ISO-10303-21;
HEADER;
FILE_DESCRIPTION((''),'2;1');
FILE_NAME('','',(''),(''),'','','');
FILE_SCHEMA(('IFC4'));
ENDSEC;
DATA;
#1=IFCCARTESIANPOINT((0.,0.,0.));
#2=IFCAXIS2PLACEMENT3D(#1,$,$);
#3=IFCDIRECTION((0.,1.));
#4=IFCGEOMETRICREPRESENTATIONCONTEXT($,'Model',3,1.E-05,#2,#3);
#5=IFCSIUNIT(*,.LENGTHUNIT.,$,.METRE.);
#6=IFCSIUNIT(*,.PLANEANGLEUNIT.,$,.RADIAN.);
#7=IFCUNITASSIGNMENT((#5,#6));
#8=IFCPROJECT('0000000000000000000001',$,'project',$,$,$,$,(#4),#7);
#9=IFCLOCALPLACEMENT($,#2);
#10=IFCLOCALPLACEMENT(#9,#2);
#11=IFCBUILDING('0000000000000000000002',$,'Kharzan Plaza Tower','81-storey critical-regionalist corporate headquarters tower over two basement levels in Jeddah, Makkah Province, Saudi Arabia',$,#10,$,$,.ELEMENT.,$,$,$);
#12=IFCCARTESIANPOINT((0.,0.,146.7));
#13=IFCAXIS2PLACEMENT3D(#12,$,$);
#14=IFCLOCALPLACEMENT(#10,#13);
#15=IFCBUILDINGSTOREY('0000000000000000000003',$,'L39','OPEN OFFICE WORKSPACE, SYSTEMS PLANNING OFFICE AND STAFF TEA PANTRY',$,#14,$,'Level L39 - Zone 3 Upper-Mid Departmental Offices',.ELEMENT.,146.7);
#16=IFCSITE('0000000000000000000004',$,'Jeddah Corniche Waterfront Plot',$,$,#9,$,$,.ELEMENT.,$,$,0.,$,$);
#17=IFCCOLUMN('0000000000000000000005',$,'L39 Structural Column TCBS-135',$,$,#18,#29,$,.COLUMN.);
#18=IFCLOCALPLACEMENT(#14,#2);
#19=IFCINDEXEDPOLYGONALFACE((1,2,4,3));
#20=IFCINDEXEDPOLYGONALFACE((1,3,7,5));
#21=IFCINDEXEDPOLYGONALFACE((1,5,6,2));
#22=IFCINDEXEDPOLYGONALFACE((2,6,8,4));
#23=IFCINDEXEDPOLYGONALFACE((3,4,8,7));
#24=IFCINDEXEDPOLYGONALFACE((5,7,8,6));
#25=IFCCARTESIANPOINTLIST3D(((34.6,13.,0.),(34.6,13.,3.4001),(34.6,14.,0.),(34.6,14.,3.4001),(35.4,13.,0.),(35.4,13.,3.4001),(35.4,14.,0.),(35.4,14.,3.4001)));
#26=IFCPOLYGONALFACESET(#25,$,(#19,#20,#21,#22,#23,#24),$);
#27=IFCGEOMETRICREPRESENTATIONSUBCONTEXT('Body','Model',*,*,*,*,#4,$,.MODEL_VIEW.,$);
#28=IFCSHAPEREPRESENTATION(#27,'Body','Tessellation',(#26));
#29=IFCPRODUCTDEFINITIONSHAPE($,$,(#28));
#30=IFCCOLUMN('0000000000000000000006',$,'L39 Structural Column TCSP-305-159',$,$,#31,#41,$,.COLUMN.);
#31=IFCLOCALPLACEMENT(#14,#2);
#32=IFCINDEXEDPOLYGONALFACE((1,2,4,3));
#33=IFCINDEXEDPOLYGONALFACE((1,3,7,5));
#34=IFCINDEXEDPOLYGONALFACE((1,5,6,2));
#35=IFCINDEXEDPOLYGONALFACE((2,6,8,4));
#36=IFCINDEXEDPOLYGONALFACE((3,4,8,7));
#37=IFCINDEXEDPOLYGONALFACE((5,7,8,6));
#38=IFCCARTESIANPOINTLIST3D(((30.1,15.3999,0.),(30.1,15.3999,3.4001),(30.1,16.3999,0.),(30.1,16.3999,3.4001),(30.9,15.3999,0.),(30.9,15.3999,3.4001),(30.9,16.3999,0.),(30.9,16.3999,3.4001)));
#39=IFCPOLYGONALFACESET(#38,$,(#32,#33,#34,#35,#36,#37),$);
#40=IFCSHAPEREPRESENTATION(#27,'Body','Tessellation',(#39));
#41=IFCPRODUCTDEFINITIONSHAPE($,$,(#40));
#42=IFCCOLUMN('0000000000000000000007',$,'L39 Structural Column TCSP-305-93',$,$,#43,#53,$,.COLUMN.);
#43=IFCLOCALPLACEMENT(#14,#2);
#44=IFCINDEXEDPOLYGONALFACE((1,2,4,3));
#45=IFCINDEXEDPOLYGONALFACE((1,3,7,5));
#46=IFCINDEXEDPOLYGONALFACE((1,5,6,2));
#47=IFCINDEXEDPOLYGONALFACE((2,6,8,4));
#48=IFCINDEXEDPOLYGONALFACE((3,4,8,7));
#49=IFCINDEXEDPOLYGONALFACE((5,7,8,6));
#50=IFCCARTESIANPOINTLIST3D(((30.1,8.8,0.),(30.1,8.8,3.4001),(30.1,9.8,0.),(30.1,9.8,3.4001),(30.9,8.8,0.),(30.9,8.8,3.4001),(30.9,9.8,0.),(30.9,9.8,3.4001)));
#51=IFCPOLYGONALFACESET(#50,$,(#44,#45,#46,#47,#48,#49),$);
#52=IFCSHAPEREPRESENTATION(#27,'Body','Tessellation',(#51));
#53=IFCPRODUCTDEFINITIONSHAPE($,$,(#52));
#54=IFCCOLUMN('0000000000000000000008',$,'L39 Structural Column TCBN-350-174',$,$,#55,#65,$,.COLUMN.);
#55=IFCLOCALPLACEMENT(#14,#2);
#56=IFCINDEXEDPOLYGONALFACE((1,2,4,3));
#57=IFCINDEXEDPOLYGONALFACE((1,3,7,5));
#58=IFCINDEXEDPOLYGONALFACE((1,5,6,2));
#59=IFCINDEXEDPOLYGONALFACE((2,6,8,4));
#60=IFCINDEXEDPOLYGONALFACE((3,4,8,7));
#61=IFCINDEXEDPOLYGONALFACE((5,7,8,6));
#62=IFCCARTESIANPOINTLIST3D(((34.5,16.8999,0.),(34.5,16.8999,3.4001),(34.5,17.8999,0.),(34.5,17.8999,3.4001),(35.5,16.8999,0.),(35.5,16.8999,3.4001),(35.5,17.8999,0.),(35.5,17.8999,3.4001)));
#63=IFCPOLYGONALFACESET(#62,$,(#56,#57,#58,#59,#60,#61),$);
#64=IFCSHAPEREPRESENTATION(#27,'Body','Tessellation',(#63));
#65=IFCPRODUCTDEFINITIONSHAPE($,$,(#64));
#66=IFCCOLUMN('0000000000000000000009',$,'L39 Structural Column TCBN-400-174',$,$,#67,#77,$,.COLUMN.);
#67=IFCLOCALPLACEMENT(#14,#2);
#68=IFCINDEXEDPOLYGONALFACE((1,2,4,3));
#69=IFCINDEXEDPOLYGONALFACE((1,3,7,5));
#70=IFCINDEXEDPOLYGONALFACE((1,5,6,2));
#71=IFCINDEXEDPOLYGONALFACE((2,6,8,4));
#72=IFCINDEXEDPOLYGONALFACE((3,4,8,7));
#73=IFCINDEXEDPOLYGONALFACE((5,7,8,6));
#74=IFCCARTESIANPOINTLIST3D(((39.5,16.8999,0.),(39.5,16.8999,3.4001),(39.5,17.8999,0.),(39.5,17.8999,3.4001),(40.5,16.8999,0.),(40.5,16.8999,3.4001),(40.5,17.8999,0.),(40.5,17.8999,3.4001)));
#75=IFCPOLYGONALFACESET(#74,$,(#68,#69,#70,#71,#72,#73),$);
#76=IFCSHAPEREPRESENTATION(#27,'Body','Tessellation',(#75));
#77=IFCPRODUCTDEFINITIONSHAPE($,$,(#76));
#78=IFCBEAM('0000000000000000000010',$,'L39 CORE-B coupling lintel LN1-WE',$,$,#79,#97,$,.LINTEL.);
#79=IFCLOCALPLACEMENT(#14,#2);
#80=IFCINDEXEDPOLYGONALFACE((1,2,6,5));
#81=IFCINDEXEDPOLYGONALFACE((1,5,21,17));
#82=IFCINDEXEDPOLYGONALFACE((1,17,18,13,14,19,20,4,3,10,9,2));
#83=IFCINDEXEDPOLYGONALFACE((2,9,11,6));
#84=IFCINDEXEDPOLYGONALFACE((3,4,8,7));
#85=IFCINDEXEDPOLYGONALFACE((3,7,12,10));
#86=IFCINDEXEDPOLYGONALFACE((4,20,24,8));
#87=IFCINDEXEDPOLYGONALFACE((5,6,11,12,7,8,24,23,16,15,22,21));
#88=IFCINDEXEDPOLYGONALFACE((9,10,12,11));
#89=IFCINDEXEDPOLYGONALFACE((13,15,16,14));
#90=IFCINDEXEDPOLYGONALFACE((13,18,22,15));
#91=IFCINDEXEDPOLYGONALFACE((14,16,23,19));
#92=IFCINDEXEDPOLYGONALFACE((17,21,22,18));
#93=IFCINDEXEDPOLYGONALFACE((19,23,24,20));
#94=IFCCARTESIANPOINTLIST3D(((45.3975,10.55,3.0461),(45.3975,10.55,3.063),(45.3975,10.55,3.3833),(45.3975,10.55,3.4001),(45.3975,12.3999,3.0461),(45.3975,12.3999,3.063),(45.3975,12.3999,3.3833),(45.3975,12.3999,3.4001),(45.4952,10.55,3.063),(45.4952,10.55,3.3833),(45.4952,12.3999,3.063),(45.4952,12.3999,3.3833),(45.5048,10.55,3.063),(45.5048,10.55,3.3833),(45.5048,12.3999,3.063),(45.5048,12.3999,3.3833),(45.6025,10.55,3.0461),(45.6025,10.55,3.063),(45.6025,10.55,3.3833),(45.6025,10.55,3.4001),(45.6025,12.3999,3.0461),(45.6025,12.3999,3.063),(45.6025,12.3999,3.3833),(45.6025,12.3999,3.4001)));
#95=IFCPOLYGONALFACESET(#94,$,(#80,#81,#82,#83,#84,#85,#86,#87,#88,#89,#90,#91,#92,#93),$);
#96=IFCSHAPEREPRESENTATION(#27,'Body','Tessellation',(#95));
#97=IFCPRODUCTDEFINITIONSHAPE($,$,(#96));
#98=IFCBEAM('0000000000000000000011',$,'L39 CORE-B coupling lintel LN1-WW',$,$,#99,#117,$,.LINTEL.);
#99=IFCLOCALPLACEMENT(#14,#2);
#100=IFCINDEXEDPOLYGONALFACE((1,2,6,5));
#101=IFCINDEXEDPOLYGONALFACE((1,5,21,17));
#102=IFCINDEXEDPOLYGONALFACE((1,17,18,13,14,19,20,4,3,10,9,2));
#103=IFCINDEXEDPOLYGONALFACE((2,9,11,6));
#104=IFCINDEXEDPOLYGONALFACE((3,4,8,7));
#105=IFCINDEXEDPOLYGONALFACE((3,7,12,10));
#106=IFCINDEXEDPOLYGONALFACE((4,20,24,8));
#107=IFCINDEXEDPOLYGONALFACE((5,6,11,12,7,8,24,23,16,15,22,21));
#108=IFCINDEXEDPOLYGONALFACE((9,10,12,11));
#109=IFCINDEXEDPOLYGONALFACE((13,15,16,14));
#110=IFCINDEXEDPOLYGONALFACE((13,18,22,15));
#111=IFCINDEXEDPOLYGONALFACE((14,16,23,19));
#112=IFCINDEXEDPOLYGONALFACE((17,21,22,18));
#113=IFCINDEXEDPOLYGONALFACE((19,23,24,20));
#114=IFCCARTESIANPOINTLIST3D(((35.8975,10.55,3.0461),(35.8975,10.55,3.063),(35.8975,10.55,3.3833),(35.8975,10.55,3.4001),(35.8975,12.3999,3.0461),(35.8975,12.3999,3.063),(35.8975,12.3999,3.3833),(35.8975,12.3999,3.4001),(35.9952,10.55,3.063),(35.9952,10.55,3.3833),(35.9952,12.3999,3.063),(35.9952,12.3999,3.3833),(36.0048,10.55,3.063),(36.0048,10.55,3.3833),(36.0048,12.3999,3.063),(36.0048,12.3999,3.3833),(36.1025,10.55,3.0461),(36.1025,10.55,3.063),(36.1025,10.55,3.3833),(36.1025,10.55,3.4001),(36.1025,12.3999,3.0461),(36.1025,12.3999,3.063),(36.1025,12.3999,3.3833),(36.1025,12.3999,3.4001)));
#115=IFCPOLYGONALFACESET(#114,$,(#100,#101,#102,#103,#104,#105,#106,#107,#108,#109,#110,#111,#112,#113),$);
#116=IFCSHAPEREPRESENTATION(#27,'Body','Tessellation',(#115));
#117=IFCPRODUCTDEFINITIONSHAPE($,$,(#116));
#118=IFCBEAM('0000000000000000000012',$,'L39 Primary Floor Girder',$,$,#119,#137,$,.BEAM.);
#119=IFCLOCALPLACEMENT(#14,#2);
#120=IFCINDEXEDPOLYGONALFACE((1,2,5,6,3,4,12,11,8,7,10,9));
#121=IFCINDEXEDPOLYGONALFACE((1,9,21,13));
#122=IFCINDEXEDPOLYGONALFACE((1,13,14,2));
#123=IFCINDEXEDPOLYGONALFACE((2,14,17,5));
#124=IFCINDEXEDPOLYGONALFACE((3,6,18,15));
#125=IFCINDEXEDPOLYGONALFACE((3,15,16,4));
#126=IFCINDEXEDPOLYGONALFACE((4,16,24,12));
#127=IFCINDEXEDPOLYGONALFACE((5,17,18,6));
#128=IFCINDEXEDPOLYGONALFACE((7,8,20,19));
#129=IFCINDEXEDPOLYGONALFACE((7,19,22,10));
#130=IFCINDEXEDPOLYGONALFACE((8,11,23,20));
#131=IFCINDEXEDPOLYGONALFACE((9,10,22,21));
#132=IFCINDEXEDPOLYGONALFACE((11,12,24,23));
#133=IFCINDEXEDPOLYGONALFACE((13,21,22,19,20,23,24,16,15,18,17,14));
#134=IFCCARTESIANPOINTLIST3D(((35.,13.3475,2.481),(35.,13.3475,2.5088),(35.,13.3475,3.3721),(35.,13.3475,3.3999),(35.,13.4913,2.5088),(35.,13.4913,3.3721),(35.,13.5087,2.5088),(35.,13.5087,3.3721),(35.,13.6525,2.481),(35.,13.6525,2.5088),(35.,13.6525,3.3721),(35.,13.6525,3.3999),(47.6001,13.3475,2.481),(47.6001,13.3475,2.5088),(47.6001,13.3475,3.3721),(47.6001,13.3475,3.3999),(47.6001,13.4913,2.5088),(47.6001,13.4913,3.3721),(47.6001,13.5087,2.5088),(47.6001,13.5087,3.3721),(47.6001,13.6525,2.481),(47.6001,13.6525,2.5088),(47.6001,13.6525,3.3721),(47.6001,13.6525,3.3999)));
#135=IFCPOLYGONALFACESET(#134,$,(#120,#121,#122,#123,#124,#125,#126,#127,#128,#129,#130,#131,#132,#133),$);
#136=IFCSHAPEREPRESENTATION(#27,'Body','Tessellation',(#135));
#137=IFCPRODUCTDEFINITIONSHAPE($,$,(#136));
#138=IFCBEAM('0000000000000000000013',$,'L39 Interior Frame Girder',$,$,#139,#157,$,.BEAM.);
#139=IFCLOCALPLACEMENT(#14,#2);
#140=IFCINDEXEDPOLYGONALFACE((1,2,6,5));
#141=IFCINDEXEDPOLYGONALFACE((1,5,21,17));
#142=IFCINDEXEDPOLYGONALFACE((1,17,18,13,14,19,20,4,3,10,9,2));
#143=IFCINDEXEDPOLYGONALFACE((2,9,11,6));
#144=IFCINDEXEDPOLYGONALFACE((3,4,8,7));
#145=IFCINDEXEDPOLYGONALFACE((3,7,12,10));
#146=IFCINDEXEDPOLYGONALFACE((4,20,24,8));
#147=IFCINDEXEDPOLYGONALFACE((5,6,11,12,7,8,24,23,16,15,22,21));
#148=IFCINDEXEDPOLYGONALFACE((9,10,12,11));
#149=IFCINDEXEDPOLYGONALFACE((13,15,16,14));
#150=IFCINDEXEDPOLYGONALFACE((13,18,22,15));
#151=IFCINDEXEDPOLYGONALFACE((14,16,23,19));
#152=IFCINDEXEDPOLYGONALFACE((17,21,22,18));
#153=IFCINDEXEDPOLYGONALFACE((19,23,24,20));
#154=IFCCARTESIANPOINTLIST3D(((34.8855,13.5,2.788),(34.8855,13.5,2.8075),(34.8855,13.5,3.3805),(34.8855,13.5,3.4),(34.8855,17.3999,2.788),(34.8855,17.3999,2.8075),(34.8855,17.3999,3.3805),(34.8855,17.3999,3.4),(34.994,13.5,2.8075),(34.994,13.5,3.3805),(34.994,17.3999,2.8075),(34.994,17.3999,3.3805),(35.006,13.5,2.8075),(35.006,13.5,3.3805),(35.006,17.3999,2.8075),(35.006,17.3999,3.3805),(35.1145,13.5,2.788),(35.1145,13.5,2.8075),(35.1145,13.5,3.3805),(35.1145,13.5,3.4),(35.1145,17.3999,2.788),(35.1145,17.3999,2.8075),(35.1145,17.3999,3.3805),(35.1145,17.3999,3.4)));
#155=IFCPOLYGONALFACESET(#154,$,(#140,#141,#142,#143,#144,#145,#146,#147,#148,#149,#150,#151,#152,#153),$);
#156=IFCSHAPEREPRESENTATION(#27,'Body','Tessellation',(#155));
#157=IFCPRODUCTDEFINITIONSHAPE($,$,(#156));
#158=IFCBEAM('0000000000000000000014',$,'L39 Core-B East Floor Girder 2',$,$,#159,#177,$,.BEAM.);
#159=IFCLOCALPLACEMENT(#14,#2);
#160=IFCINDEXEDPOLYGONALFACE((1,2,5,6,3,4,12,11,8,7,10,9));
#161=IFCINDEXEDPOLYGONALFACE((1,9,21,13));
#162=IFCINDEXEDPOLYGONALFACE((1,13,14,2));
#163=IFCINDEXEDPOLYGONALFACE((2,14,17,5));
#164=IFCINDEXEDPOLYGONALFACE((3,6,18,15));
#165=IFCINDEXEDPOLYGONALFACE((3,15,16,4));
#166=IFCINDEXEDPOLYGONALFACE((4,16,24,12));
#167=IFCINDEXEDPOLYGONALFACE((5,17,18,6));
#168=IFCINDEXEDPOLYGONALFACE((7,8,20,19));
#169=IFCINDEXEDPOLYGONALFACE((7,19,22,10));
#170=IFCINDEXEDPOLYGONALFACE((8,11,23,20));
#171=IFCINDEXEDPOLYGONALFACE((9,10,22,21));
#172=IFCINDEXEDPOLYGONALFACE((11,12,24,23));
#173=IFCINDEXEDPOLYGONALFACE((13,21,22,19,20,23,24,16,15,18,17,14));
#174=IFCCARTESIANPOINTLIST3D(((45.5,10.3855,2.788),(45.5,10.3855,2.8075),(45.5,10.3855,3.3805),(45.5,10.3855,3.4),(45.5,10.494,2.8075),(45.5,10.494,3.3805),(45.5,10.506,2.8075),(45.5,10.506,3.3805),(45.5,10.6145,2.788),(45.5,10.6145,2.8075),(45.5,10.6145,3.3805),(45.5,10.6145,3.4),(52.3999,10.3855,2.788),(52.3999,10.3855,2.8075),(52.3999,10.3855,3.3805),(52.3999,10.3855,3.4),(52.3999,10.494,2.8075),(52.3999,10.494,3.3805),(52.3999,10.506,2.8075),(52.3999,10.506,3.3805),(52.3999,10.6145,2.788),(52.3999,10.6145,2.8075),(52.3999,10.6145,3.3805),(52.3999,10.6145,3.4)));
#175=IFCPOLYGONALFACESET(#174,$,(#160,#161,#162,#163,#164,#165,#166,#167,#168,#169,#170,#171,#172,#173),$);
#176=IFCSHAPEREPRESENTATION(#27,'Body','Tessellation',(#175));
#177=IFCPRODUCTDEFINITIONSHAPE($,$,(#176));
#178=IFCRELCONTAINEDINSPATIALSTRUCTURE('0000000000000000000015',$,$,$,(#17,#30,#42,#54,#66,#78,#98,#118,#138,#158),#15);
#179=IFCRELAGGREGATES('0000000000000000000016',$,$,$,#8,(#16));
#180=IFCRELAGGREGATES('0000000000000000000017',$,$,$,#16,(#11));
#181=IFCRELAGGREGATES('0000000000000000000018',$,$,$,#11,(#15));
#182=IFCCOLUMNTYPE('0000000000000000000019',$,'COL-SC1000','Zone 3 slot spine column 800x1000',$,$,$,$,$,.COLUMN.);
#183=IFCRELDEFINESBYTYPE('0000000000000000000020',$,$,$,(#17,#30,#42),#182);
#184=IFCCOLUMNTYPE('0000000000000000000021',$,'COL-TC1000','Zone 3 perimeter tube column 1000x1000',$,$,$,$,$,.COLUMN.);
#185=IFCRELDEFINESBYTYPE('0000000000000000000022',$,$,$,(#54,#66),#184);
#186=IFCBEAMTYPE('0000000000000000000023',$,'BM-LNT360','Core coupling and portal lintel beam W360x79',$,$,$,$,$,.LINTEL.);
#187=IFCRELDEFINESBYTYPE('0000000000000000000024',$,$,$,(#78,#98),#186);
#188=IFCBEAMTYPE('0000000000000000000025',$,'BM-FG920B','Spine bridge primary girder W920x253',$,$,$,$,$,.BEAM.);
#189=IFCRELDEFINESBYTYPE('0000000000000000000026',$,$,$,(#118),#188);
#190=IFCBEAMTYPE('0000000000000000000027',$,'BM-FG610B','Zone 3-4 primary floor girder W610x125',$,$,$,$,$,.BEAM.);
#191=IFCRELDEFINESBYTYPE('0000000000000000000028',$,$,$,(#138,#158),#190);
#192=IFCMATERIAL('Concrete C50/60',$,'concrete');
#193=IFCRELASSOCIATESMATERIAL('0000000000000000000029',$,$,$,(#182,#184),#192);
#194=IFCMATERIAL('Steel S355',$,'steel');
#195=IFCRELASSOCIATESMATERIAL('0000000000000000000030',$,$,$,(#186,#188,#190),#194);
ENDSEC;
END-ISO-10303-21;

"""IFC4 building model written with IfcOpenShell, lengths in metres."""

from ifc_helpers import new_model, si_unit, direction, frame, origin, origin_2d, place, context, subcontext, project, spatial, rectangle, i_section, extrude, source, transform, mapped, material, material_profile, profile_set, type_object, element, save


model = new_model("IFC4")

# Units and contexts
model_context = context("Model", 3, precision=1e-05, world=origin(), true_north=direction((0.0, 1.0)))
body_context = subcontext(model_context, "Body", "Model", "MODEL_VIEW")
ifc_project = project(units=[si_unit("LENGTHUNIT", "METRE"), si_unit("PLANEANGLEUNIT", "RADIAN")], contexts=[model_context])

# Site, building, storey
site_placement = place(None, origin())
site = spatial("IfcSite", under=ifc_project, at=site_placement, Name="Jeddah Corniche Waterfront Plot", CompositionType="ELEMENT", RefElevation=0.0)
building_placement = place(site_placement, origin())
building = spatial("IfcBuilding", under=site, at=building_placement, Name="Kharzan Plaza Tower", Description="81-storey critical-regionalist corporate headquarters tower over two basement levels in Jeddah, Makkah Province, Saudi Arabia", CompositionType="ELEMENT")
storey_placement = place(building_placement, frame((0.0, 0.0, 146.7)))
storey = spatial("IfcBuildingStorey", under=building, at=storey_placement, Name="L39", Description="OPEN OFFICE WORKSPACE, SYSTEMS PLANNING OFFICE AND STAFF TEA PANTRY", LongName="Level L39 - Zone 3 Upper-Mid Departmental Offices", CompositionType="ELEMENT", Elevation=146.7)

# Columns
ifc_material_1 = material(Name="Concrete C50/60", Category="concrete")
ifc_material_profile_1 = material_profile(ifc_material_1, rectangle(XDim=0.8, YDim=1.0, at=origin_2d()), Name="RC-SC1000x800")
ifc_profile_set_1 = profile_set([ifc_material_profile_1], Name="Concrete C50/60")
column_type_1 = type_object("IfcColumnType", Name="COL-SC1000", Description="Zone 3 slot spine column 800x1000", PredefinedType="COLUMN", material=ifc_profile_set_1)
shared_shape_1 = source(origin(), body_context, "Body", "SweptSolid", [
    extrude(rectangle(XDim=0.8, YDim=1.0, at=origin_2d()), origin(), (0.0, 0.0, 1.0), 3.4001),
])
for number, where, z_axis, x_axis, name in (
    (1, (35.0, 13.5, 0.0), (0.0, 0.0, 1.0), (1.0, 0.0, 0.0), "L39 Structural Column TCBS-135"),
    (2, (30.5, 15.8999, 0.0), (0.0, 0.0, 1.0), (1.0, 0.0, 0.0), "L39 Structural Column TCSP-305-159"),
    (3, (30.5, 9.3, 0.0), (0.0, 0.0, 1.0), (1.0, 0.0, 0.0), "L39 Structural Column TCSP-305-93"),
):
    element("IfcColumn", number, at=place(storey_placement, frame(where, z_axis=z_axis, x_axis=x_axis)), inside=storey, type_object=column_type_1, Name=name, PredefinedType="COLUMN", context=body_context, shape_type="MappedRepresentation", body=[
        mapped(shared_shape_1, transform((0.0, 0.0, 0.0), x_axis=(1.0, 0.0, 0.0), y_axis=(0.0, 1.0, 0.0), z_axis=(0.0, 0.0, 1.0))),
    ])
ifc_material_profile_2 = material_profile(ifc_material_1, rectangle(XDim=1.0, YDim=1.0, at=origin_2d()), Name="RC-TC1000x1000")
ifc_profile_set_2 = profile_set([ifc_material_profile_2], Name="Concrete C50/60")
column_type_2 = type_object("IfcColumnType", Name="COL-TC1000", Description="Zone 3 perimeter tube column 1000x1000", PredefinedType="COLUMN", material=ifc_profile_set_2)
shared_shape_2 = source(origin(), body_context, "Body", "SweptSolid", [
    extrude(rectangle(XDim=1.0, YDim=1.0, at=origin_2d()), origin(), (0.0, 0.0, 1.0), 3.4001),
])
for number, where, z_axis, x_axis, name in (
    (4, (35.0, 17.3999, 0.0), (0.0, 0.0, 1.0), (1.0, 0.0, 0.0), "L39 Structural Column TCBN-350-174"),
    (5, (40.0, 17.3999, 0.0), (0.0, 0.0, 1.0), (1.0, 0.0, 0.0), "L39 Structural Column TCBN-400-174"),
):
    element("IfcColumn", number, at=place(storey_placement, frame(where, z_axis=z_axis, x_axis=x_axis)), inside=storey, type_object=column_type_2, Name=name, PredefinedType="COLUMN", context=body_context, shape_type="MappedRepresentation", body=[
        mapped(shared_shape_2, transform((0.0, 0.0, 0.0), x_axis=(1.0, 0.0, 0.0), y_axis=(0.0, 1.0, 0.0), z_axis=(0.0, 0.0, 1.0))),
    ])

# Beams
ifc_material_2 = material(Name="Steel S355", Category="steel")
ifc_material_profile_3 = material_profile(ifc_material_2, i_section(OverallWidth=0.2051, OverallDepth=0.354, WebThickness=0.0095, FlangeThickness=0.0168, at=origin_2d()), Name="W360x79")
ifc_profile_set_3 = profile_set([ifc_material_profile_3], Name="Steel S355")
beam_type_1 = type_object("IfcBeamType", Name="BM-LNT360", Description="Core coupling and portal lintel beam W360x79", PredefinedType="LINTEL", material=ifc_profile_set_3)
shared_shape_3 = source(origin(), body_context, "Body", "SweptSolid", [
    extrude(i_section(OverallWidth=0.2051, OverallDepth=0.354, WebThickness=0.0095, FlangeThickness=0.0168, at=origin_2d()), origin(), (0.0, 0.0, 1.0), 1.8499),
])
for number, where, z_axis, x_axis, name in (
    (6, (45.5, 10.55, 3.2231), (0.0, 1.0, 0.0), (-1.0, 0.0, 0.0), "L39 CORE-B coupling lintel LN1-WE"),
    (7, (36.0, 10.55, 3.2231), (0.0, 1.0, 0.0), (-1.0, 0.0, 0.0), "L39 CORE-B coupling lintel LN1-WW"),
):
    element("IfcBeam", number, at=place(storey_placement, frame(where, z_axis=z_axis, x_axis=x_axis)), inside=storey, type_object=beam_type_1, Name=name, PredefinedType="LINTEL", context=body_context, shape_type="MappedRepresentation", body=[
        mapped(shared_shape_3, transform((0.0, 0.0, 0.0), x_axis=(1.0, 0.0, 0.0), y_axis=(0.0, 1.0, 0.0), z_axis=(0.0, 0.0, 1.0))),
    ])
ifc_material_profile_4 = material_profile(ifc_material_2, i_section(OverallWidth=0.3049, OverallDepth=0.9189, WebThickness=0.0173, FlangeThickness=0.0278, at=origin_2d()), Name="W920x253")
ifc_profile_set_4 = profile_set([ifc_material_profile_4], Name="Steel S355")
beam_type_2 = type_object("IfcBeamType", Name="BM-FG920B", Description="Spine bridge primary girder W920x253", PredefinedType="BEAM", material=ifc_profile_set_4)
shared_shape_4 = source(origin(), body_context, "Body", "SweptSolid", [
    extrude(i_section(OverallWidth=0.3049, OverallDepth=0.9189, WebThickness=0.0173, FlangeThickness=0.0278, at=origin_2d()), origin(), (0.0, 0.0, 1.0), 12.6001),
])
beam_1_placement = place(storey_placement, frame((35.0, 13.5, 2.9404), z_axis=(1.0, 0.0, 0.0), x_axis=(0.0, 1.0, 0.0)))
element("IfcBeam", 8, at=beam_1_placement, inside=storey, type_object=beam_type_2, Name="L39 Primary Floor Girder", PredefinedType="BEAM", context=body_context, shape_type="MappedRepresentation", body=[
    mapped(shared_shape_4, transform((0.0, 0.0, 0.0), x_axis=(1.0, 0.0, 0.0), y_axis=(0.0, 1.0, 0.0), z_axis=(0.0, 0.0, 1.0))),
])
ifc_material_profile_5 = material_profile(ifc_material_2, i_section(OverallWidth=0.229, OverallDepth=0.6121, WebThickness=0.012, FlangeThickness=0.0195, at=origin_2d()), Name="W610x125")
ifc_profile_set_5 = profile_set([ifc_material_profile_5], Name="Steel S355")
beam_type_3 = type_object("IfcBeamType", Name="BM-FG610B", Description="Zone 3-4 primary floor girder W610x125", PredefinedType="BEAM", material=ifc_profile_set_5)
shared_shape_5 = source(origin(), body_context, "Body", "SweptSolid", [
    extrude(i_section(OverallWidth=0.229, OverallDepth=0.6121, WebThickness=0.012, FlangeThickness=0.0195, at=origin_2d()), origin(), (0.0, 0.0, 1.0), 3.8999),
])
beam_2_placement = place(storey_placement, frame((35.0, 13.5, 3.094), z_axis=(0.0, 1.0, 0.0), x_axis=(-1.0, 0.0, 0.0)))
element("IfcBeam", 9, at=beam_2_placement, inside=storey, type_object=beam_type_3, Name="L39 Interior Frame Girder", PredefinedType="BEAM", context=body_context, shape_type="MappedRepresentation", body=[
    mapped(shared_shape_5, transform((0.0, 0.0, 0.0), x_axis=(1.0, 0.0, 0.0), y_axis=(0.0, 1.0, 0.0), z_axis=(0.0, 0.0, 1.0))),
])
shared_shape_6 = source(origin(), body_context, "Body", "SweptSolid", [
    extrude(i_section(OverallWidth=0.229, OverallDepth=0.6121, WebThickness=0.012, FlangeThickness=0.0195, at=origin_2d()), origin(), (0.0, 0.0, 1.0), 6.8999),
])
beam_3_placement = place(storey_placement, frame((45.5, 10.5, 3.094), z_axis=(1.0, 0.0, 0.0), x_axis=(0.0, 1.0, 0.0)))
element("IfcBeam", 10, at=beam_3_placement, inside=storey, type_object=beam_type_3, Name="L39 Core-B East Floor Girder 2", PredefinedType="BEAM", context=body_context, shape_type="MappedRepresentation", body=[
    mapped(shared_shape_6, transform((0.0, 0.0, 0.0), x_axis=(1.0, 0.0, 0.0), y_axis=(0.0, 1.0, 0.0), z_axis=(0.0, 0.0, 1.0))),
])

save(model, "model.ifc")
